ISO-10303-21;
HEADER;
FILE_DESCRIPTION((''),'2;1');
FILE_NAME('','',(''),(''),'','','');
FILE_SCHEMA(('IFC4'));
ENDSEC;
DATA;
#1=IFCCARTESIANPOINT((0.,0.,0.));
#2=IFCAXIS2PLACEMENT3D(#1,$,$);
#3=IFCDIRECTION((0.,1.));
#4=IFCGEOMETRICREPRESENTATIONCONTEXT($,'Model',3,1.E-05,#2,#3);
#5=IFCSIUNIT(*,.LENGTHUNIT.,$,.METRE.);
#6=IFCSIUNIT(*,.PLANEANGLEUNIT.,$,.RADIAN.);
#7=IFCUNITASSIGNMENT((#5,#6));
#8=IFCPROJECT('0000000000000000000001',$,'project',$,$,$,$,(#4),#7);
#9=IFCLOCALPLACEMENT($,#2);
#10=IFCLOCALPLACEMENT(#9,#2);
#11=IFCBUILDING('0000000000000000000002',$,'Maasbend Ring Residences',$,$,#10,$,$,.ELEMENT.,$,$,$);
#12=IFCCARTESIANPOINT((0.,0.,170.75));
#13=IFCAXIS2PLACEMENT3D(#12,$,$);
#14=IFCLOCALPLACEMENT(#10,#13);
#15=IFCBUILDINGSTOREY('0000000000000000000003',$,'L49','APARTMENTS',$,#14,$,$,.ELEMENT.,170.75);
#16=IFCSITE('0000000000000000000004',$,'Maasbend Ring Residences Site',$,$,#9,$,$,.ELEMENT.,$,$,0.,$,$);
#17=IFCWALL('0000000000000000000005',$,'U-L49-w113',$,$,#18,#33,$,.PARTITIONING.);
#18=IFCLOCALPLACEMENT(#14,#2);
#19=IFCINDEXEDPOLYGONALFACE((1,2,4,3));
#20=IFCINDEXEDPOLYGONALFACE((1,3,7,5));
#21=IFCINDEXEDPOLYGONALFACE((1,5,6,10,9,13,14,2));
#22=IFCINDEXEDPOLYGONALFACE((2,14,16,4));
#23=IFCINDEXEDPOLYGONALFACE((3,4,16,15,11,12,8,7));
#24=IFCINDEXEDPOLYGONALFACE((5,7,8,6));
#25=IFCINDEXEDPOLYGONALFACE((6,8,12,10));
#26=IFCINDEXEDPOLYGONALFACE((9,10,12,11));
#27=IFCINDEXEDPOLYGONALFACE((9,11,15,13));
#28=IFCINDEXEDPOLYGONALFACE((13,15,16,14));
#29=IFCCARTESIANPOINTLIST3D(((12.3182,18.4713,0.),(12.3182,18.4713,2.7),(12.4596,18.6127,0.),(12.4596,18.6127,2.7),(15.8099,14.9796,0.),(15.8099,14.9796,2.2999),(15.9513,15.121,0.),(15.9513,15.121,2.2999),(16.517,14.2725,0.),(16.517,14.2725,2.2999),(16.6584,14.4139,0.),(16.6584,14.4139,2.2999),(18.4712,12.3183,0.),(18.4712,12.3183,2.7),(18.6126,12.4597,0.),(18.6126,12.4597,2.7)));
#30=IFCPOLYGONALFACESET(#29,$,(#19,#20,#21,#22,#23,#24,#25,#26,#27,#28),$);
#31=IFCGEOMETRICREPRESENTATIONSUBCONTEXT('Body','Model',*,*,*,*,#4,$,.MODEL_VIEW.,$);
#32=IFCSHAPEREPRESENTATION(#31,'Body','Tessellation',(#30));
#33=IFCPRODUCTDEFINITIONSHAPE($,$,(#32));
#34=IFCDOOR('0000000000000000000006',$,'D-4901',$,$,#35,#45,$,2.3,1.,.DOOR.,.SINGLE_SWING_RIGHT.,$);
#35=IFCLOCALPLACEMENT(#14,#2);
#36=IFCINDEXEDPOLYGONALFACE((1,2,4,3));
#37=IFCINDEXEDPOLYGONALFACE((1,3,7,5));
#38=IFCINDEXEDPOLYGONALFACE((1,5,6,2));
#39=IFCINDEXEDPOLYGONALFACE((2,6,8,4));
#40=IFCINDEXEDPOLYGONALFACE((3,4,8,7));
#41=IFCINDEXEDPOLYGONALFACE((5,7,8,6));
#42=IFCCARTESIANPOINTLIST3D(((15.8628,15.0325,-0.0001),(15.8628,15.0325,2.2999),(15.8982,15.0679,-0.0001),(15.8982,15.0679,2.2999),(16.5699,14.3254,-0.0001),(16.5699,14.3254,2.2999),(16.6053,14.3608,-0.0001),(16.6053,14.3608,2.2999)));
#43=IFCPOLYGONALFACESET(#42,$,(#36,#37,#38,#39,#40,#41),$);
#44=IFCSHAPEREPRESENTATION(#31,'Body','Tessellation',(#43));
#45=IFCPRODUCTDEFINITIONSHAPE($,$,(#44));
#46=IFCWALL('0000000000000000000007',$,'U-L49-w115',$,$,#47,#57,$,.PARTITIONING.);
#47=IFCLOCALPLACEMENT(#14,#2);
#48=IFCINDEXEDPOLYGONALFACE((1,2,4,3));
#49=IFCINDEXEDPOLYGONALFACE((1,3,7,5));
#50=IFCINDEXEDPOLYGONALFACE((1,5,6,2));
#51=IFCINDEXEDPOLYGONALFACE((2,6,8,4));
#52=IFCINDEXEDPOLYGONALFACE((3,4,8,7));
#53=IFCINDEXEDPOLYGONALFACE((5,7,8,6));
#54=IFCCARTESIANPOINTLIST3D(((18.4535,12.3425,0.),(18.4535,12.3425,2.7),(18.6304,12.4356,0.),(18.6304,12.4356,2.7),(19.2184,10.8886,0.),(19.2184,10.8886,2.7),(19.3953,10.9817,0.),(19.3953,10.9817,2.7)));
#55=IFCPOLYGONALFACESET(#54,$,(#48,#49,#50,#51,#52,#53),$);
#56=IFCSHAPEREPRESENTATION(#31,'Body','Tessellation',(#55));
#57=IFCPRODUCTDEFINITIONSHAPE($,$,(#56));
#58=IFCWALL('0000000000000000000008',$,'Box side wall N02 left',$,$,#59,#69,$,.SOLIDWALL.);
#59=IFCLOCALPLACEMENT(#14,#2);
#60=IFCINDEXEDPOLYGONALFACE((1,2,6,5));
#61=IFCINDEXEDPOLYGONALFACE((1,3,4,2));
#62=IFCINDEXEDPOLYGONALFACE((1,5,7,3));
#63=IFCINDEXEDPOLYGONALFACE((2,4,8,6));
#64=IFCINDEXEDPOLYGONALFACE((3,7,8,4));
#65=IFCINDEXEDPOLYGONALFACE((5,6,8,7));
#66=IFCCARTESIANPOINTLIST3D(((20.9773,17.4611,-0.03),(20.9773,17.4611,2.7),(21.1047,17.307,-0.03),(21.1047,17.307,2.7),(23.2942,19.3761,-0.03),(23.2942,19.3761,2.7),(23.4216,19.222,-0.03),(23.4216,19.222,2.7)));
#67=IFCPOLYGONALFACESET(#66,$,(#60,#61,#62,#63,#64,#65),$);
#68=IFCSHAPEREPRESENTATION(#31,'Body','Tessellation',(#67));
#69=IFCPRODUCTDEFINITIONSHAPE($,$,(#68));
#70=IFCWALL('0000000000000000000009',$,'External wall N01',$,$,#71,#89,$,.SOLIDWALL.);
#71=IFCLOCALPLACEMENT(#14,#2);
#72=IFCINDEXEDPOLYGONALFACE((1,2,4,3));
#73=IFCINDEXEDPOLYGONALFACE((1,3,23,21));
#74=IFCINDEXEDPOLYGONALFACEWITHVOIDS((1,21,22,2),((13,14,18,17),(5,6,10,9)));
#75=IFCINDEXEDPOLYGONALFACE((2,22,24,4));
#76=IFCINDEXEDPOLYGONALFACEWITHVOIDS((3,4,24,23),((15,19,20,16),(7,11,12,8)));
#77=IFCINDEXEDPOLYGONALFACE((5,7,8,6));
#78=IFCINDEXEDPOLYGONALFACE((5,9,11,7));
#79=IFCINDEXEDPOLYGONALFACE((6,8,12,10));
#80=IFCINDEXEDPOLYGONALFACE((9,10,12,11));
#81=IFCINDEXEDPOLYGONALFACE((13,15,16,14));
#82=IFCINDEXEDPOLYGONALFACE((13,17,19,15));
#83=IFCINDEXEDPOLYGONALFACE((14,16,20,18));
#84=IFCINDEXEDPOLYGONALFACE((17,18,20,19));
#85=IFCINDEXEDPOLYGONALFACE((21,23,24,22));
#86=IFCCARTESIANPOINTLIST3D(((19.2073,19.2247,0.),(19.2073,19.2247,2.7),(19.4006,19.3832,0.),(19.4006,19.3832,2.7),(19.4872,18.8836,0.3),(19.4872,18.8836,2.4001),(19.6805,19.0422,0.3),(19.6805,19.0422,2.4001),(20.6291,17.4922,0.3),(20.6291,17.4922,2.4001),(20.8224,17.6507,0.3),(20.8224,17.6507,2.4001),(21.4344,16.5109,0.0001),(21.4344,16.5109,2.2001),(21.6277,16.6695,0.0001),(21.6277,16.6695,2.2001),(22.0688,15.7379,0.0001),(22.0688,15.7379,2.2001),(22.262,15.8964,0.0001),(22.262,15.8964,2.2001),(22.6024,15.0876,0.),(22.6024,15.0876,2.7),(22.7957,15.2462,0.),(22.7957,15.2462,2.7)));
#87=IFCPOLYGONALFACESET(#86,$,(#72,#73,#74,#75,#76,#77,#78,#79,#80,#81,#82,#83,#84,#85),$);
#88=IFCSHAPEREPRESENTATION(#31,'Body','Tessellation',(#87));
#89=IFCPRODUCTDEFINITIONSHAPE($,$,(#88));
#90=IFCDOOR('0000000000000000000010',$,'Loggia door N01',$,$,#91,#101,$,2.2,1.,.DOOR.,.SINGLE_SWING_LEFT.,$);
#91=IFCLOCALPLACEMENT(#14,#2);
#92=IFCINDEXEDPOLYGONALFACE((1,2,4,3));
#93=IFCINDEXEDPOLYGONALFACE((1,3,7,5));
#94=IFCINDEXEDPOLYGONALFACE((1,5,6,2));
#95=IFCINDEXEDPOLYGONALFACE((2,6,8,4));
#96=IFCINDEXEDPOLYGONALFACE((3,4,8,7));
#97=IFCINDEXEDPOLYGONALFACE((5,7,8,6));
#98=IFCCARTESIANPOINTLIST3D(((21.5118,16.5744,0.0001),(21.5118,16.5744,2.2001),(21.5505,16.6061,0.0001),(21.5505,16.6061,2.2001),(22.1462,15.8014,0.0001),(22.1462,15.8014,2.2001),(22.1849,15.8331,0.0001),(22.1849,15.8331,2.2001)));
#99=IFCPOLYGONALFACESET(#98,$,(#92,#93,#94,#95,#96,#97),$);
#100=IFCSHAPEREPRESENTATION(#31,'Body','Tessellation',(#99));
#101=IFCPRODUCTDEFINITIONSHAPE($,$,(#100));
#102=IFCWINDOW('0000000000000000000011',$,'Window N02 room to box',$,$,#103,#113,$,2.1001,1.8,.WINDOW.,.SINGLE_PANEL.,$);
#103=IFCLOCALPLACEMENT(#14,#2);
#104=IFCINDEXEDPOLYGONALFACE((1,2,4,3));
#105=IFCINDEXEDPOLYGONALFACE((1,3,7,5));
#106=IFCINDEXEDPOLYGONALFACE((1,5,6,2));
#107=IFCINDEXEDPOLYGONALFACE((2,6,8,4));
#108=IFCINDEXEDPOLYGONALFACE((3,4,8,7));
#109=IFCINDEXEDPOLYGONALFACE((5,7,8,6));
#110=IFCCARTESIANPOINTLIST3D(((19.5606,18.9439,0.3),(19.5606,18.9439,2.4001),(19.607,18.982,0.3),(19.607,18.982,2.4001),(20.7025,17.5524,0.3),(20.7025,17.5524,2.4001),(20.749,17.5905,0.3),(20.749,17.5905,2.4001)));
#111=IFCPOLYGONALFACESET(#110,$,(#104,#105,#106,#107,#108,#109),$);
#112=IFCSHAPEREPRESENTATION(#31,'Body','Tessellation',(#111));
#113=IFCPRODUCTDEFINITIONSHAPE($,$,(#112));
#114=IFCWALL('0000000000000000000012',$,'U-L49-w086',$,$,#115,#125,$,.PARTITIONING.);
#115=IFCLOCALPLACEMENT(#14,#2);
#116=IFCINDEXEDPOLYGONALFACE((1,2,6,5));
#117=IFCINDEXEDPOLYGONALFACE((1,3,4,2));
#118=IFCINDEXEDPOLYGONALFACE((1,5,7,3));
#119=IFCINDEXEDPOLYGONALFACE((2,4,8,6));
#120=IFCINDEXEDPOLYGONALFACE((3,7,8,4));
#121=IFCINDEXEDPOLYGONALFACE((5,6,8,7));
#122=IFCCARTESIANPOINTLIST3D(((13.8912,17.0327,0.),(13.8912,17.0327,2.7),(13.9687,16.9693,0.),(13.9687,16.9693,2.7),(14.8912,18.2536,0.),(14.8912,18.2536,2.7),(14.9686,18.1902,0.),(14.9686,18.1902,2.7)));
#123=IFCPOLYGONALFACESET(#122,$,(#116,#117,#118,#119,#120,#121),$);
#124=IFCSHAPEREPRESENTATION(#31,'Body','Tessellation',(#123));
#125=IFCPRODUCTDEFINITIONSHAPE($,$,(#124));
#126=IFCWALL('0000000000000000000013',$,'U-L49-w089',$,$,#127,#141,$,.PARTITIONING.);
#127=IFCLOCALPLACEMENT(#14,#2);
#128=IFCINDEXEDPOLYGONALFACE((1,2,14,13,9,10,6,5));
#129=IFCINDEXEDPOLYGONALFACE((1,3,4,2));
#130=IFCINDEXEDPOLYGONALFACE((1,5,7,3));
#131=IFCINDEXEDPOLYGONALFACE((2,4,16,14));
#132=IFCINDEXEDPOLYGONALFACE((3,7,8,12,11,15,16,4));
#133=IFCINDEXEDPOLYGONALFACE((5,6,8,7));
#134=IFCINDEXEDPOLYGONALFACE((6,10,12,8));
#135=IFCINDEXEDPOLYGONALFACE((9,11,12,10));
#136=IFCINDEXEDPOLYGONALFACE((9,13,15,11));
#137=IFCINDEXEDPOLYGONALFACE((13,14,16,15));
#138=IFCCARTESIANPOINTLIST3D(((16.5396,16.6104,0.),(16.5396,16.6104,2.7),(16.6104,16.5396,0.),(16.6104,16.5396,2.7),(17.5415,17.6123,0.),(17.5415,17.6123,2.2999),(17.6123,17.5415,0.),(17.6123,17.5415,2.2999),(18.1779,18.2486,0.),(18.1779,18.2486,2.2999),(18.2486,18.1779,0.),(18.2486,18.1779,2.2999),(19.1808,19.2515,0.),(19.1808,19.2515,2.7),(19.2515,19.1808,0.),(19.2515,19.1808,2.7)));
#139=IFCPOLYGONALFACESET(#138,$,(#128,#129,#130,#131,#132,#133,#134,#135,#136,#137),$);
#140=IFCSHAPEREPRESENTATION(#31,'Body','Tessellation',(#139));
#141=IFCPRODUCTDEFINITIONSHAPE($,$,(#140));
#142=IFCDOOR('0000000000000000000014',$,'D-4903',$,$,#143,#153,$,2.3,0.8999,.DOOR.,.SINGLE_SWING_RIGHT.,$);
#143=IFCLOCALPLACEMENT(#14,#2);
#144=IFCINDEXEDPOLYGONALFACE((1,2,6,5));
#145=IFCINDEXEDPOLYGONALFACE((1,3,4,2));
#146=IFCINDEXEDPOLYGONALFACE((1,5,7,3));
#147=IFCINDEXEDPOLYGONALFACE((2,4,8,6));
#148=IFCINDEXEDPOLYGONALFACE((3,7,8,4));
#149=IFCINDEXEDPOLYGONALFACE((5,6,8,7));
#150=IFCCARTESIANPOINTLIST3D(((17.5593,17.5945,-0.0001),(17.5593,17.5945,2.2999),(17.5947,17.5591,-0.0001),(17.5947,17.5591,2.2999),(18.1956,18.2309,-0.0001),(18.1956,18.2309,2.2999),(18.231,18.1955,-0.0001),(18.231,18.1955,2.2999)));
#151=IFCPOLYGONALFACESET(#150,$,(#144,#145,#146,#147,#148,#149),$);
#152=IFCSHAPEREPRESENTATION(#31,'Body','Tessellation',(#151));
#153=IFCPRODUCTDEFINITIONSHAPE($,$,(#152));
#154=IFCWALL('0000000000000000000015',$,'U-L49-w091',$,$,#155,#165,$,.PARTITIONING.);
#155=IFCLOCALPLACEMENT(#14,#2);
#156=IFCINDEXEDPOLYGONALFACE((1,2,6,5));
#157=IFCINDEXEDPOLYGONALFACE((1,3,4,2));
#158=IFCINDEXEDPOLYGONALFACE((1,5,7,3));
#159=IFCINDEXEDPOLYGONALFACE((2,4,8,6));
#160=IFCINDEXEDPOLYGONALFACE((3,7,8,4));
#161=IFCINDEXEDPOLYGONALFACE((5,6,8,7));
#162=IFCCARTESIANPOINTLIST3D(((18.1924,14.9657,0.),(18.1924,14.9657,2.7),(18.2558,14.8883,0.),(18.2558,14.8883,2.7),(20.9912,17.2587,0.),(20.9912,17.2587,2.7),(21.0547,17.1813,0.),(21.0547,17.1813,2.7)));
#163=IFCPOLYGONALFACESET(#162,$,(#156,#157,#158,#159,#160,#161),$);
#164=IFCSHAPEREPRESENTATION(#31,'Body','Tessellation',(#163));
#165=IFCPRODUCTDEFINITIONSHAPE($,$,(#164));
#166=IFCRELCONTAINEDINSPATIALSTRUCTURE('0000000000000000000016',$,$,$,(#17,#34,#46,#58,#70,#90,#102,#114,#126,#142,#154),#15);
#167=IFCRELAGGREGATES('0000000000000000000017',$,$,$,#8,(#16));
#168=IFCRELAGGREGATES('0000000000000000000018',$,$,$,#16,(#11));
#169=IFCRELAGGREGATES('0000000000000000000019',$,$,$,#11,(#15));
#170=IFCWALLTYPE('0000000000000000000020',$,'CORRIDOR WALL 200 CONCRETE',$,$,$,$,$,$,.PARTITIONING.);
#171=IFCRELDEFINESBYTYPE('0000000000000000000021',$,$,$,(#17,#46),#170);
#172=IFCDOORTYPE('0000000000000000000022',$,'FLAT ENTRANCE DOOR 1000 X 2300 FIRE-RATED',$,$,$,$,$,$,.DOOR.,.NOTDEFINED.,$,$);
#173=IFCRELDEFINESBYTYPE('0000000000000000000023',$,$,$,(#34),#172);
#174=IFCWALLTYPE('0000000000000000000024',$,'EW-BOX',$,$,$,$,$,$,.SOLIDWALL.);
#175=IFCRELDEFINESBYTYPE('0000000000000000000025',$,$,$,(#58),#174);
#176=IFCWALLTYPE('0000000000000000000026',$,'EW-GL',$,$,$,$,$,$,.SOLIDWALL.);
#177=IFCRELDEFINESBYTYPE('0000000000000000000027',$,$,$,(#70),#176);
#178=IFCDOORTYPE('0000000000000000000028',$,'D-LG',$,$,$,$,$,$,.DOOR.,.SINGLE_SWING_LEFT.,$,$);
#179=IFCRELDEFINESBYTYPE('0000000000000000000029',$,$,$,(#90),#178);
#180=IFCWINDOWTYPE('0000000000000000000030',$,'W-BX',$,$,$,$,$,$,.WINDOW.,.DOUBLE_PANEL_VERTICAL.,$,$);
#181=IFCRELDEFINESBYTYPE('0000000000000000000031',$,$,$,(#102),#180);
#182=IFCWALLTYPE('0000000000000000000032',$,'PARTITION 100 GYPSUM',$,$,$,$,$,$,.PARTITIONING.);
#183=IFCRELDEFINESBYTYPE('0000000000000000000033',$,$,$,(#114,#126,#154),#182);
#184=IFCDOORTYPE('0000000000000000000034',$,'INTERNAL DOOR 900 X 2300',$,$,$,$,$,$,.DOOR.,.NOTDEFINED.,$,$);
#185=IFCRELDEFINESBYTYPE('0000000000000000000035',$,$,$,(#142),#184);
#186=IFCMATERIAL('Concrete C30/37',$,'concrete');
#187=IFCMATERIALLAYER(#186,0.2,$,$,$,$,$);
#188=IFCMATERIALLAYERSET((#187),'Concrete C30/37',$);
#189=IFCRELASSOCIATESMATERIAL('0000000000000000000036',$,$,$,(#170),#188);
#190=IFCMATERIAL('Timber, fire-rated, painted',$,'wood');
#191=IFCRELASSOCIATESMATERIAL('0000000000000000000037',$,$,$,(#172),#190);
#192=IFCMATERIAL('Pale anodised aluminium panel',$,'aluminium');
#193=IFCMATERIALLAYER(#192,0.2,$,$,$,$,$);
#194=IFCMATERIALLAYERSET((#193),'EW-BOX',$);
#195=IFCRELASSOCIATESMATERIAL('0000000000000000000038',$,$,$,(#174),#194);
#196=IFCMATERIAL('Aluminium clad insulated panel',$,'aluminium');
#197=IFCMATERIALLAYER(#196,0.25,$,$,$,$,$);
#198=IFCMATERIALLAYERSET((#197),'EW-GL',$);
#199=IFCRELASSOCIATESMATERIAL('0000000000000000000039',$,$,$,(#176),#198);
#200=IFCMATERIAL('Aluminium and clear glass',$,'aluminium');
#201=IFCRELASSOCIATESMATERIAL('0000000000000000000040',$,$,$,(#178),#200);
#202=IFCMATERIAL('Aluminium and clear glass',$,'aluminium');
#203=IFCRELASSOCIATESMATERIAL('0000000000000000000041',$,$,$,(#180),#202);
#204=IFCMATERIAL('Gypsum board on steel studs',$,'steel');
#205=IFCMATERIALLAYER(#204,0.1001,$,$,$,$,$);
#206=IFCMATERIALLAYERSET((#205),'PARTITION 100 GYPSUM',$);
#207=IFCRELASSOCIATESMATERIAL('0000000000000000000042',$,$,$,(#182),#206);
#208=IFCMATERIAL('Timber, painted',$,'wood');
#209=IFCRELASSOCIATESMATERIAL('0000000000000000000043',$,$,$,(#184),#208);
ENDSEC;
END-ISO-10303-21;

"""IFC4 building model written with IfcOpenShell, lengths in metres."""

from ifc_helpers import new_model, si_unit, direction, frame, frame_2d, origin, place, context, subcontext, project, spatial, rectangle, extrude, material, layer, layer_set, type_object, element, fill, save


model = new_model("IFC4")

# Units and contexts
model_context = context("Model", 3, precision=1e-05, world=origin(), true_north=direction((0.0, 1.0)))
body_context = subcontext(model_context, "Body", "Model", "MODEL_VIEW")
ifc_project = project(units=[si_unit("LENGTHUNIT", "METRE"), si_unit("PLANEANGLEUNIT", "RADIAN")], contexts=[model_context])

# Site, building, storey
site_placement = place(None, origin())
site = spatial("IfcSite", under=ifc_project, at=site_placement, Name="Maasbend Ring Residences Site", CompositionType="ELEMENT", RefElevation=0.0)
building_placement = place(site_placement, origin())
building = spatial("IfcBuilding", under=site, at=building_placement, Name="Maasbend Ring Residences", CompositionType="ELEMENT")
storey_placement = place(building_placement, frame((0.0, 0.0, 170.75)))
storey = spatial("IfcBuildingStorey", under=building, at=storey_placement, Name="L49", Description="APARTMENTS", CompositionType="ELEMENT", Elevation=170.75)

# Wall, opening, door
ifc_material_1 = material(Name="Concrete C30/37", Category="concrete")
ifc_layer_1 = layer(ifc_material_1, 0.2)
ifc_layer_set_1 = layer_set([ifc_layer_1], Name="Concrete C30/37")
wall_type_1 = type_object("IfcWallType", Name="CORRIDOR WALL 200 CONCRETE", PredefinedType="PARTITIONING", material=ifc_layer_set_1)
wall_1_placement = place(storey_placement, frame((12.3889, 18.542, 0.0), z_axis=(0.0, 0.0, 1.0), x_axis=(0.707107, -0.707107, 0.0)))
wall_1 = element("IfcWall", 1, at=wall_1_placement, inside=storey, type_object=wall_type_1, Name="U-L49-w113", PredefinedType="PARTITIONING", context=body_context, shape_type="SweptSolid", body=[
    extrude(rectangle(XDim=8.7017, YDim=0.2, at=frame_2d((4.3508, 0.0))), origin(), (0.0, 0.0, 1.0), 2.7),
])
opening_1_placement = place(wall_1_placement, frame((4.938, 0.0, 0.0)))
opening_1 = element("IfcOpeningElement", 2, at=opening_1_placement, cuts=wall_1, PredefinedType="OPENING", context=body_context, shape_type="SweptSolid", body=[
    extrude(rectangle(XDim=1.0, YDim=2.3, at=frame_2d((0.5, 1.1499))), frame((0.0, 0.1099, 0.0), z_axis=(0.0, -1.0, 0.0), x_axis=(1.0, 0.0, 0.0)), (0.0, 0.0, 1.0), 0.22),
])
ifc_material_2 = material(Name="Timber, fire-rated, painted", Category="wood")
door_type_1 = type_object("IfcDoorType", Name="FLAT ENTRANCE DOOR 1000 X 2300 FIRE-RATED", OperationType="NOTDEFINED", PredefinedType="DOOR", material=ifc_material_2)
door_1_placement = place(opening_1_placement, origin())
door_1 = element("IfcDoor", 3, at=door_1_placement, inside=storey, type_object=door_type_1, Name="D-4901", OperationType="SINGLE_SWING_RIGHT", OverallHeight=2.3, OverallWidth=1.0, PredefinedType="DOOR", context=body_context, shape_type="SweptSolid", body=[
    extrude(rectangle(XDim=1.0, YDim=2.3, at=frame_2d((0.5, 1.1499))), frame((0.0, 0.0249, 0.0), z_axis=(0.0, -1.0, 0.0), x_axis=(1.0, 0.0, 0.0)), (0.0, 0.0, 1.0), 0.05),
])
fill(opening_1, door_1)

# Walls
wall_2_placement = place(storey_placement, frame((18.542, 12.3889, 0.0), z_axis=(0.0, 0.0, 1.0), x_axis=(0.465606, -0.884992, 0.0)))
element("IfcWall", 4, at=wall_2_placement, inside=storey, type_object=wall_type_1, Name="U-L49-w115", PredefinedType="PARTITIONING", context=body_context, shape_type="SweptSolid", body=[
    extrude(rectangle(XDim=1.6428, YDim=0.2, at=frame_2d((0.8213, 0.0))), origin(), (0.0, 0.0, 1.0), 2.7),
])
ifc_material_3 = material(Name="Pale anodised aluminium panel", Category="aluminium")
ifc_layer_2 = layer(ifc_material_3, 0.2)
ifc_layer_set_2 = layer_set([ifc_layer_2], Name="EW-BOX")
wall_type_2 = type_object("IfcWallType", Name="EW-BOX", PredefinedType="SOLIDWALL", material=ifc_layer_set_2)
wall_3_placement = place(storey_placement, frame((21.041, 17.384, -0.03), z_axis=(0.0, 0.0, 1.0), x_axis=(0.770785, 0.637096, 0.0)))
element("IfcWall", 5, at=wall_3_placement, inside=storey, type_object=wall_type_2, Name="Box side wall N02 left", PredefinedType="SOLIDWALL", context=body_context, shape_type="SweptSolid", body=[
    extrude(rectangle(XDim=3.0059, YDim=0.2, at=frame_2d((1.5029, 0.0))), origin(), (0.0, 0.0, 1.0), 2.73),
])

# Wall, openings, door, window
ifc_material_4 = material(Name="Aluminium clad insulated panel", Category="aluminium")
ifc_layer_3 = layer(ifc_material_4, 0.25)
ifc_layer_set_3 = layer_set([ifc_layer_3], Name="EW-GL")
wall_type_3 = type_object("IfcWallType", Name="EW-GL", PredefinedType="SOLIDWALL", material=ifc_layer_set_3)
wall_4_placement = place(storey_placement, frame((22.699, 15.167, 0.0), z_axis=(0.0, 0.0, 1.0), x_axis=(-0.634382, 0.773019, 0.0)))
wall_4 = element("IfcWall", 6, at=wall_4_placement, inside=storey, type_object=wall_type_3, Name="External wall N01", PredefinedType="SOLIDWALL", context=body_context, shape_type="SweptSolid", body=[
    extrude(rectangle(XDim=5.3518, YDim=0.25, at=frame_2d((2.6758, 0.0))), origin(), (0.0, 0.0, 1.0), 2.7),
])
opening_2_placement = place(wall_4_placement, frame((0.8411, 0.0, 0.0)))
opening_2 = element("IfcOpeningElement", 7, at=opening_2_placement, cuts=wall_4, PredefinedType="OPENING", context=body_context, shape_type="SweptSolid", body=[
    extrude(rectangle(XDim=1.0, YDim=2.2, at=frame_2d((0.5, 1.1001))), frame((0.0, 0.135, 0.0), z_axis=(0.0, -1.0, 0.0), x_axis=(1.0, 0.0, 0.0)), (0.0, 0.0, 1.0), 0.27),
])
opening_3_placement = place(wall_4_placement, frame((3.1106, 0.0, 0.3)))
opening_3 = element("IfcOpeningElement", 8, at=opening_3_placement, cuts=wall_4, PredefinedType="OPENING", context=body_context, shape_type="SweptSolid", body=[
    extrude(rectangle(XDim=1.8, YDim=2.1001, at=frame_2d((0.8999, 1.05))), frame((0.0, 0.135, 0.0), z_axis=(0.0, -1.0, 0.0), x_axis=(1.0, 0.0, 0.0)), (0.0, 0.0, 1.0), 0.27),
])
ifc_material_5 = material(Name="Aluminium and clear glass", Category="aluminium")
door_type_2 = type_object("IfcDoorType", Name="D-LG", OperationType="SINGLE_SWING_LEFT", PredefinedType="DOOR", material=ifc_material_5)
door_2_placement = place(opening_2_placement, origin())
door_2 = element("IfcDoor", 9, at=door_2_placement, inside=storey, type_object=door_type_2, Name="Loggia door N01", OperationType="SINGLE_SWING_LEFT", OverallHeight=2.2, OverallWidth=1.0, PredefinedType="DOOR", context=body_context, shape_type="SweptSolid", body=[
    extrude(rectangle(XDim=1.0, YDim=2.2, at=frame_2d((0.5, 1.1001))), frame((0.0, 0.0249, 0.0), z_axis=(0.0, -1.0, 0.0), x_axis=(1.0, 0.0, 0.0)), (0.0, 0.0, 1.0), 0.05),
])
fill(opening_2, door_2)
ifc_material_6 = material(Name="Aluminium and clear glass", Category="aluminium")
window_type = type_object("IfcWindowType", Name="W-BX", PartitioningType="DOUBLE_PANEL_VERTICAL", PredefinedType="WINDOW", material=ifc_material_6)
window_placement = place(opening_3_placement, origin())
window = element("IfcWindow", 10, at=window_placement, inside=storey, type_object=window_type, Name="Window N02 room to box", OverallHeight=2.1001, OverallWidth=1.8, PartitioningType="SINGLE_PANEL", PredefinedType="WINDOW", context=body_context, shape_type="SweptSolid", body=[
    extrude(rectangle(XDim=1.8, YDim=2.1001, at=frame_2d((0.8999, 1.05))), frame((0.0, 0.03, 0.0), z_axis=(0.0, -1.0, 0.0), x_axis=(1.0, 0.0, 0.0)), (0.0, 0.0, 1.0), 0.0601),
])
fill(opening_3, window)

# Wall
ifc_material_7 = material(Name="Gypsum board on steel studs", Category="steel")
ifc_layer_4 = layer(ifc_material_7, 0.1001)
ifc_layer_set_4 = layer_set([ifc_layer_4], Name="PARTITION 100 GYPSUM")
wall_type_4 = type_object("IfcWallType", Name="PARTITION 100 GYPSUM", PredefinedType="PARTITIONING", material=ifc_layer_set_4)
wall_5_placement = place(storey_placement, frame((13.9299, 17.001, 0.0), z_axis=(0.0, 0.0, 1.0), x_axis=(0.633634, 0.773633, 0.0)))
element("IfcWall", 11, at=wall_5_placement, inside=storey, type_object=wall_type_4, Name="U-L49-w086", PredefinedType="PARTITIONING", context=body_context, shape_type="SweptSolid", body=[
    extrude(rectangle(XDim=1.5781, YDim=0.1001, at=frame_2d((0.7891, 0.0))), origin(), (0.0, 0.0, 1.0), 2.7),
])

# Wall, opening, door
wall_6_placement = place(storey_placement, frame((16.575, 16.575, 0.0), z_axis=(0.0, 0.0, 1.0), x_axis=(0.707107, 0.707107, 0.0)))
wall_6 = element("IfcWall", 12, at=wall_6_placement, inside=storey, type_object=wall_type_4, Name="U-L49-w089", PredefinedType="PARTITIONING", context=body_context, shape_type="SweptSolid", body=[
    extrude(rectangle(XDim=3.7351, YDim=0.1001, at=frame_2d((1.8677, 0.0))), origin(), (0.0, 0.0, 1.0), 2.7),
])
opening_4_placement = place(wall_6_placement, frame((1.417, 0.0, 0.0)))
opening_4 = element("IfcOpeningElement", 13, at=opening_4_placement, cuts=wall_6, PredefinedType="OPENING", context=body_context, shape_type="SweptSolid", body=[
    extrude(rectangle(XDim=0.8999, YDim=2.3, at=frame_2d((0.45, 1.1499))), frame((0.0, 0.0601, 0.0), z_axis=(0.0, -1.0, 0.0), x_axis=(1.0, 0.0, 0.0)), (0.0, 0.0, 1.0), 0.1201),
])
ifc_material_8 = material(Name="Timber, painted", Category="wood")
door_type_3 = type_object("IfcDoorType", Name="INTERNAL DOOR 900 X 2300", OperationType="NOTDEFINED", PredefinedType="DOOR", material=ifc_material_8)
door_3_placement = place(opening_4_placement, origin())
door_3 = element("IfcDoor", 14, at=door_3_placement, inside=storey, type_object=door_type_3, Name="D-4903", OperationType="SINGLE_SWING_RIGHT", OverallHeight=2.3, OverallWidth=0.8999, PredefinedType="DOOR", context=body_context, shape_type="SweptSolid", body=[
    extrude(rectangle(XDim=0.8999, YDim=2.3, at=frame_2d((0.45, 1.1499))), frame((0.0, 0.0249, 0.0), z_axis=(0.0, -1.0, 0.0), x_axis=(1.0, 0.0, 0.0)), (0.0, 0.0, 1.0), 0.05),
])
fill(opening_4, door_3)

# Wall
wall_7_placement = place(storey_placement, frame((18.2241, 14.927, 0.0), z_axis=(0.0, 0.0, 1.0), x_axis=(0.773548, 0.633737, 0.0)))
element("IfcWall", 15, at=wall_7_placement, inside=storey, type_object=wall_type_4, Name="U-L49-w091", PredefinedType="PARTITIONING", context=body_context, shape_type="SweptSolid", body=[
    extrude(rectangle(XDim=3.6182, YDim=0.1001, at=frame_2d((1.8091, 0.0))), origin(), (0.0, 0.0, 1.0), 2.7),
])

save(model, "model.ifc")
